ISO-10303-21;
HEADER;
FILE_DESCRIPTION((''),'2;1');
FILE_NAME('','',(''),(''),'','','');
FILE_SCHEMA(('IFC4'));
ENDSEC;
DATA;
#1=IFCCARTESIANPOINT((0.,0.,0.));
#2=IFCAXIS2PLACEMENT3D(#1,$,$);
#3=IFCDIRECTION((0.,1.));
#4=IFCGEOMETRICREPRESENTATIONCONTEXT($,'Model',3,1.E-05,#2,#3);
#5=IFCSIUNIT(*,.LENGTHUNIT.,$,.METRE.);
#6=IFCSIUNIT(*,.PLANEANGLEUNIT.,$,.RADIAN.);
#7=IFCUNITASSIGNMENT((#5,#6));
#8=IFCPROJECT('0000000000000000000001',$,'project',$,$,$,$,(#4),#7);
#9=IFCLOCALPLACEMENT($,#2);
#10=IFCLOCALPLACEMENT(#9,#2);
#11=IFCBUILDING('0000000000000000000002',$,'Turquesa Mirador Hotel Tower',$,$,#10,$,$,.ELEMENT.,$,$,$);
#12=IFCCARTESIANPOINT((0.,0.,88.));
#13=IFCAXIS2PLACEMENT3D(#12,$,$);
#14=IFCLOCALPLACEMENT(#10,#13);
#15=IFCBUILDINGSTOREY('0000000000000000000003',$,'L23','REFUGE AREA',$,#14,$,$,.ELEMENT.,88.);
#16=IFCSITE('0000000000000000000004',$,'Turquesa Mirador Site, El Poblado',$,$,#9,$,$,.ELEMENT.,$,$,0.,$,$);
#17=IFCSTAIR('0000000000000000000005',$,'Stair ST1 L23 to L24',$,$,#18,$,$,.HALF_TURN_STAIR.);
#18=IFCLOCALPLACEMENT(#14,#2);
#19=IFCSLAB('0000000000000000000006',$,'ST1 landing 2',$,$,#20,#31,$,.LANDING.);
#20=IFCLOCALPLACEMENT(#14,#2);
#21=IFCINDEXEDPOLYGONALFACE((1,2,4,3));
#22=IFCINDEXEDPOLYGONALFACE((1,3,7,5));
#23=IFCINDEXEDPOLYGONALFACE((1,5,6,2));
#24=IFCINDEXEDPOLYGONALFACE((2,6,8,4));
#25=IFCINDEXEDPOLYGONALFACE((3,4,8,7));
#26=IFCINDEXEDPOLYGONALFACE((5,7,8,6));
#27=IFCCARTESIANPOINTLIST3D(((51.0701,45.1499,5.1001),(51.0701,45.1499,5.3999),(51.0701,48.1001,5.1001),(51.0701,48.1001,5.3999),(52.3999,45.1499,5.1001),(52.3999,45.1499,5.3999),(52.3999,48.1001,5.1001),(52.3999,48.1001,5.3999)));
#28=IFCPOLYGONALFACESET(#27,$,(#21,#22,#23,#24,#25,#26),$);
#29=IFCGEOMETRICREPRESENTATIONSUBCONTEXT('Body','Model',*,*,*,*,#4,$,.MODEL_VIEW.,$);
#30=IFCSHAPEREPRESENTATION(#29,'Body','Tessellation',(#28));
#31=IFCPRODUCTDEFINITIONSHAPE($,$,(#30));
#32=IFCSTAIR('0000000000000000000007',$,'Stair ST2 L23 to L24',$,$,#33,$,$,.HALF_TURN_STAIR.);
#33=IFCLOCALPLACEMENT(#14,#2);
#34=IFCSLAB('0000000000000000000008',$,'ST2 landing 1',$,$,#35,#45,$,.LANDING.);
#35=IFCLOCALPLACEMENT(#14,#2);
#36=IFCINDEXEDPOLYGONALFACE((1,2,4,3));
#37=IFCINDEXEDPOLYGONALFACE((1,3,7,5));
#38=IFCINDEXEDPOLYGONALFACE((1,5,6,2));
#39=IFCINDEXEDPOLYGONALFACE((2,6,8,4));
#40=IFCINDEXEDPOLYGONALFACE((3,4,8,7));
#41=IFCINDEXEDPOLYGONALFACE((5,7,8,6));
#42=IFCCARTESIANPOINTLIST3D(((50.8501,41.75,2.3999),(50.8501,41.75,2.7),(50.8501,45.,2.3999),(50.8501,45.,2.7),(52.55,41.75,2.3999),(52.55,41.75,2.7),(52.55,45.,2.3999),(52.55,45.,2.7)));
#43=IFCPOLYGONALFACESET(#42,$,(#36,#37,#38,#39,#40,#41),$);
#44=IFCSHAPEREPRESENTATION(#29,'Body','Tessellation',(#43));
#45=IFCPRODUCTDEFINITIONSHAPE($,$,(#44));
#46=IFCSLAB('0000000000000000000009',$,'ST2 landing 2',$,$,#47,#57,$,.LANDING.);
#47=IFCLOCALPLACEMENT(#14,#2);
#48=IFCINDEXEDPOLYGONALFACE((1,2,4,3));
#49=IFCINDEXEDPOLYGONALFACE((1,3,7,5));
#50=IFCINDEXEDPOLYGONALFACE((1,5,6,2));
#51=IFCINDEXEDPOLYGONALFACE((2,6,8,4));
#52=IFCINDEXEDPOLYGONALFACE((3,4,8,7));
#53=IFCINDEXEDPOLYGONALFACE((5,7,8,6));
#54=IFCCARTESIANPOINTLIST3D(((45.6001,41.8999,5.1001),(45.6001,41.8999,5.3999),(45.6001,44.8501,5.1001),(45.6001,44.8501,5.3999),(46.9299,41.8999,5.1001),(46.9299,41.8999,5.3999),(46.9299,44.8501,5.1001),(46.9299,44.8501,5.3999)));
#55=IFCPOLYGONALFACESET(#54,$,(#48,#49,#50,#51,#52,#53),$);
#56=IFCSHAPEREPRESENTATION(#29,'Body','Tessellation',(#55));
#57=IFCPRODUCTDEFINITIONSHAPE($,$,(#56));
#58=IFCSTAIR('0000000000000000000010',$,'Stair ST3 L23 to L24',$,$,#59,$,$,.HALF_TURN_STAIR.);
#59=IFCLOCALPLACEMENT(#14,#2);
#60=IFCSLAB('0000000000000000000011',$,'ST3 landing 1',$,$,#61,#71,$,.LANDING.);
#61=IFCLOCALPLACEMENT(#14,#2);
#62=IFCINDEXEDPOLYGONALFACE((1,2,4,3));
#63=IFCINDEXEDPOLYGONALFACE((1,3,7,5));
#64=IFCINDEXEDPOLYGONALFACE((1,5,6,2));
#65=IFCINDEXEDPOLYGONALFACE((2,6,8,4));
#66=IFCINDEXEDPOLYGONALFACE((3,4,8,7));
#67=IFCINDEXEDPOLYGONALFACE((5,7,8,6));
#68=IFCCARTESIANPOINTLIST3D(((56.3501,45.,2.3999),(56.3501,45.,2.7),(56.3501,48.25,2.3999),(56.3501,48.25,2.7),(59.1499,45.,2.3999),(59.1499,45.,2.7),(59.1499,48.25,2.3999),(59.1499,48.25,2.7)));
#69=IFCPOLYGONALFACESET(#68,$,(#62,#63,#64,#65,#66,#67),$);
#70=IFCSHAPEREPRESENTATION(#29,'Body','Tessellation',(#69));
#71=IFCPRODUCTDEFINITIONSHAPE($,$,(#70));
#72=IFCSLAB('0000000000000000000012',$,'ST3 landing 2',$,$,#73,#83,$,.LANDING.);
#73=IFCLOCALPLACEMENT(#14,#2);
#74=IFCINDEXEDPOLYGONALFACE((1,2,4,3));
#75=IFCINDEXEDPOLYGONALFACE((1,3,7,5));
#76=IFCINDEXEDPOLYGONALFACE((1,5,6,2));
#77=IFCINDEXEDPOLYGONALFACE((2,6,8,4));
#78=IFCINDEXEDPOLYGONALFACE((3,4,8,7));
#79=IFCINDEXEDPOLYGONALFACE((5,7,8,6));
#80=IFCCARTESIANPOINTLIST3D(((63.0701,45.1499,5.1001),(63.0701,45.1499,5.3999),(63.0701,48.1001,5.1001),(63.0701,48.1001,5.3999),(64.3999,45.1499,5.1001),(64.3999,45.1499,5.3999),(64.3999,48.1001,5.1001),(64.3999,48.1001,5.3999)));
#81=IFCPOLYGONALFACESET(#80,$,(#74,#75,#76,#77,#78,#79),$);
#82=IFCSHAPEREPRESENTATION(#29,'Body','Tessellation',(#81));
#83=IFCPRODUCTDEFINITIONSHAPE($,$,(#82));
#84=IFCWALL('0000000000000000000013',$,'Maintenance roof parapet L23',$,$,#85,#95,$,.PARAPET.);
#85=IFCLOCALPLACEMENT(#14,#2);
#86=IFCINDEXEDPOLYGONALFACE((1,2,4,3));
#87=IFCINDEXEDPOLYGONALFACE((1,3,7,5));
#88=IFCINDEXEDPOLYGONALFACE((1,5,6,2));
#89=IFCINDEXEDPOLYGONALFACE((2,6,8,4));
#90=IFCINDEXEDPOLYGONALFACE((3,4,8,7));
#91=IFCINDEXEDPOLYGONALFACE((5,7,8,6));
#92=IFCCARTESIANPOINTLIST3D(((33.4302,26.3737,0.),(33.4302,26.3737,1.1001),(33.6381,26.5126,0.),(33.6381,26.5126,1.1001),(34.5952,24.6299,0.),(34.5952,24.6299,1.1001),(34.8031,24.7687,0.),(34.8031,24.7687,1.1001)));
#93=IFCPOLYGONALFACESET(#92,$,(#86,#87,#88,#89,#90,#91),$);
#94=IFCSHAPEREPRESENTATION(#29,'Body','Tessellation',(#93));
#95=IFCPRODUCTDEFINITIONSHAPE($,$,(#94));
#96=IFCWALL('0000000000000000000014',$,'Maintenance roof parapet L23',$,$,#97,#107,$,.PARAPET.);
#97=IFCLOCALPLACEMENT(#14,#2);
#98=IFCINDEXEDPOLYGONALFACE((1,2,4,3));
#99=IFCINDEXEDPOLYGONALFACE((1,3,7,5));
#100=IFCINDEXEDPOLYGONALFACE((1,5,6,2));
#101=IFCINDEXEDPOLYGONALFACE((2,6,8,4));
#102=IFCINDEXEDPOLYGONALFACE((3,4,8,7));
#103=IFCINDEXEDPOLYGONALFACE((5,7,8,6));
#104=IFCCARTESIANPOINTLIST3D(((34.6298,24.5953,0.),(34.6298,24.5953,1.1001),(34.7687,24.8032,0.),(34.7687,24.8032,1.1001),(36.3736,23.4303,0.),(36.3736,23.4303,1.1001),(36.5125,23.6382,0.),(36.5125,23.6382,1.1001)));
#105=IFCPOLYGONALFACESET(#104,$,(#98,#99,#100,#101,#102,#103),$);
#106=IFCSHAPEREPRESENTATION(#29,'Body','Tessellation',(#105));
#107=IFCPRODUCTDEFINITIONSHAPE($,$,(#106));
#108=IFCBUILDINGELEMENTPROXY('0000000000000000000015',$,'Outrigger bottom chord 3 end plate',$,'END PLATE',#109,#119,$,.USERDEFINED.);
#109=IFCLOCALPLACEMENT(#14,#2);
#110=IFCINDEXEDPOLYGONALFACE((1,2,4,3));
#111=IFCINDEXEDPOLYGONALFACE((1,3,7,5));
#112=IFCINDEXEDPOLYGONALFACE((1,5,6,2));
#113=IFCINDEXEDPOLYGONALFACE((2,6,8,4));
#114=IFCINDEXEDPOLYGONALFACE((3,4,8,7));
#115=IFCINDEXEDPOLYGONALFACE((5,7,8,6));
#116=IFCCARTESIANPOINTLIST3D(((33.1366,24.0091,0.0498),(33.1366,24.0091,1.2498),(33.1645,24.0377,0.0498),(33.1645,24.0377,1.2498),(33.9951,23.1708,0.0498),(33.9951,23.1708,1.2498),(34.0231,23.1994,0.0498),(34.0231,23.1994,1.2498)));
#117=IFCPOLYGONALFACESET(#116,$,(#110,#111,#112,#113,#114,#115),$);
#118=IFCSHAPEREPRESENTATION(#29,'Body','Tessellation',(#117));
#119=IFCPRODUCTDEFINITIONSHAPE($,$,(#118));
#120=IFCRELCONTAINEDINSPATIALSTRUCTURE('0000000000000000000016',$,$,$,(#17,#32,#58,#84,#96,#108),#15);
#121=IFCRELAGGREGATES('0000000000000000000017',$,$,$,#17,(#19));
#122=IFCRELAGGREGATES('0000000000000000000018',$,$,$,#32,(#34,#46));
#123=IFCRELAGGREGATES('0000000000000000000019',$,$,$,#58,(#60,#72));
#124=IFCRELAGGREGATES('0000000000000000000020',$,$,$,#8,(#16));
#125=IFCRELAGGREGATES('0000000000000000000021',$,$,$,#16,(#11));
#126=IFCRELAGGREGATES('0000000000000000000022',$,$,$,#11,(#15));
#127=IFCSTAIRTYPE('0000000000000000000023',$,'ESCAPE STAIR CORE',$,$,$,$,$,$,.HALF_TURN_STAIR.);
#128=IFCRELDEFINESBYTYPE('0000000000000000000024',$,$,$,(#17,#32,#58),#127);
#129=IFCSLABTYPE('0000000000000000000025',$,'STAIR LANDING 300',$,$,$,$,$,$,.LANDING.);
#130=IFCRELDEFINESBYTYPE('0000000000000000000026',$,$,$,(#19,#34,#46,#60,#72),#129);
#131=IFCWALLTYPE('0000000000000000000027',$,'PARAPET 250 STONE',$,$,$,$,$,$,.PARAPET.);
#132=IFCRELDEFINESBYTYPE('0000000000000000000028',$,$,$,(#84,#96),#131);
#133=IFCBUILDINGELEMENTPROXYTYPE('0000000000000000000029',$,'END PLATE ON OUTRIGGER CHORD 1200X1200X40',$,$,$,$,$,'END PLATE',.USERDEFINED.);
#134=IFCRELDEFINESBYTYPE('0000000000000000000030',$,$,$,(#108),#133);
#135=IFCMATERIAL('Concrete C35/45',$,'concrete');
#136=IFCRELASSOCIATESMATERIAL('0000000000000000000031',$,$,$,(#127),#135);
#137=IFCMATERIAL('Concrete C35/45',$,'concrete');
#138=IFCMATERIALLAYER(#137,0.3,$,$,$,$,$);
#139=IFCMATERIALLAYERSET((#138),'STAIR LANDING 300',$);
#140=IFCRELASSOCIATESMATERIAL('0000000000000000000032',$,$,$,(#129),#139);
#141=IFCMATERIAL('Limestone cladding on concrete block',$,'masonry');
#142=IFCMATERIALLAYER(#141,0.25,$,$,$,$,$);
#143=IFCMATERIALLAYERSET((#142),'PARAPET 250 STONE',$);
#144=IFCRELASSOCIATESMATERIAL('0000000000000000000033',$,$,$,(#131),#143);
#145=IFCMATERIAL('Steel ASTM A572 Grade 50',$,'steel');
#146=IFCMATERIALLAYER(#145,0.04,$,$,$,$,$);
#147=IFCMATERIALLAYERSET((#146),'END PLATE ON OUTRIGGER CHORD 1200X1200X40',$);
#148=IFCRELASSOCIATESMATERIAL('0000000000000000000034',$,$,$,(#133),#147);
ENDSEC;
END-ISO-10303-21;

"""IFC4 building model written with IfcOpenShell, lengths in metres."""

from ifc_helpers import new_model, si_unit, direction, frame, frame_2d, origin, origin_2d, place, context, subcontext, project, spatial, polyline, rectangle, outline, extrude, material, layer, layer_set, type_object, element, aggregate, save


model = new_model("IFC4")

# Units and contexts
model_context = context("Model", 3, precision=1e-05, world=origin(), true_north=direction((0.0, 1.0)))
body_context = subcontext(model_context, "Body", "Model", "MODEL_VIEW")
ifc_project = project(units=[si_unit("LENGTHUNIT", "METRE"), si_unit("PLANEANGLEUNIT", "RADIAN")], contexts=[model_context])

# Site, building, storey
site_placement = place(None, origin())
site = spatial("IfcSite", under=ifc_project, at=site_placement, Name="Turquesa Mirador Site, El Poblado", CompositionType="ELEMENT", RefElevation=0.0)
building_placement = place(site_placement, origin())
building = spatial("IfcBuilding", under=site, at=building_placement, Name="Turquesa Mirador Hotel Tower", CompositionType="ELEMENT")
storey_placement = place(building_placement, frame((0.0, 0.0, 88.0)))
storey = spatial("IfcBuildingStorey", under=building, at=storey_placement, Name="L23", Description="REFUGE AREA", CompositionType="ELEMENT", Elevation=88.0)

# Stairs, slabs
ifc_material_1 = material(Name="Concrete C35/45", Category="concrete")
stair_type = type_object("IfcStairType", Name="ESCAPE STAIR CORE", PredefinedType="HALF_TURN_STAIR", material=ifc_material_1)
stair_1_placement = place(storey_placement, origin())
stair_1 = element("IfcStair", 1, at=stair_1_placement, inside=storey, type_object=stair_type, Name="Stair ST1 L23 to L24", PredefinedType="HALF_TURN_STAIR")
ifc_material_2 = material(Name="Concrete C35/45", Category="concrete")
ifc_layer_1 = layer(ifc_material_2, 0.3)
ifc_layer_set_1 = layer_set([ifc_layer_1], Name="STAIR LANDING 300")
slab_type_1 = type_object("IfcSlabType", Name="STAIR LANDING 300", PredefinedType="LANDING", material=ifc_layer_set_1)
slab_1_placement = place(storey_placement, frame((0.0, 0.0, 5.1001)))
slab_1 = element("IfcSlab", 2, at=slab_1_placement, type_object=slab_type_1, Name="ST1 landing 2", PredefinedType="LANDING", context=body_context, shape_type="SweptSolid", body=[
    extrude(outline(polyline([(51.0701, 45.1499), (52.3999, 45.1499), (52.3999, 48.1001), (51.0701, 48.1001), (51.0701, 45.1499)])), origin(), (0.0, 0.0, 1.0), 0.2998),
])
aggregate(stair_1, [slab_1])
stair_2_placement = place(storey_placement, origin())
stair_2 = element("IfcStair", 3, at=stair_2_placement, inside=storey, type_object=stair_type, Name="Stair ST2 L23 to L24", PredefinedType="HALF_TURN_STAIR")
slab_2_placement = place(storey_placement, frame((0.0, 0.0, 2.3999)))
slab_2 = element("IfcSlab", 4, at=slab_2_placement, type_object=slab_type_1, Name="ST2 landing 1", PredefinedType="LANDING", context=body_context, shape_type="SweptSolid", body=[
    extrude(outline(polyline([(52.55, 45.0), (50.8501, 45.0), (50.8501, 41.75), (52.55, 41.75), (52.55, 45.0)])), origin(), (0.0, 0.0, 1.0), 0.3),
])
slab_3_placement = place(storey_placement, frame((0.0, 0.0, 5.1001)))
slab_3 = element("IfcSlab", 5, at=slab_3_placement, type_object=slab_type_1, Name="ST2 landing 2", PredefinedType="LANDING", context=body_context, shape_type="SweptSolid", body=[
    extrude(outline(polyline([(46.9299, 44.8501), (45.6001, 44.8501), (45.6001, 41.8999), (46.9299, 41.8999), (46.9299, 44.8501)])), origin(), (0.0, 0.0, 1.0), 0.2998),
])
aggregate(stair_2, [slab_2, slab_3])
stair_3_placement = place(storey_placement, origin())
stair_3 = element("IfcStair", 6, at=stair_3_placement, inside=storey, type_object=stair_type, Name="Stair ST3 L23 to L24", PredefinedType="HALF_TURN_STAIR")
slab_4_placement = place(storey_placement, frame((0.0, 0.0, 2.3999)))
slab_4 = element("IfcSlab", 7, at=slab_4_placement, type_object=slab_type_1, Name="ST3 landing 1", PredefinedType="LANDING", context=body_context, shape_type="SweptSolid", body=[
    extrude(outline(polyline([(56.3501, 45.0), (59.1499, 45.0), (59.1499, 48.25), (56.3501, 48.25), (56.3501, 45.0)])), origin(), (0.0, 0.0, 1.0), 0.3),
])
slab_5_placement = place(storey_placement, frame((0.0, 0.0, 5.1001)))
slab_5 = element("IfcSlab", 8, at=slab_5_placement, type_object=slab_type_1, Name="ST3 landing 2", PredefinedType="LANDING", context=body_context, shape_type="SweptSolid", body=[
    extrude(outline(polyline([(63.0701, 45.1499), (64.3999, 45.1499), (64.3999, 48.1001), (63.0701, 48.1001), (63.0701, 45.1499)])), origin(), (0.0, 0.0, 1.0), 0.2998),
])
aggregate(stair_3, [slab_4, slab_5])

# Walls
ifc_material_3 = material(Name="Limestone cladding on concrete block", Category="masonry")
ifc_layer_2 = layer(ifc_material_3, 0.25)
ifc_layer_set_2 = layer_set([ifc_layer_2], Name="PARAPET 250 STONE")
wall_type = type_object("IfcWallType", Name="PARAPET 250 STONE", PredefinedType="PARAPET", material=ifc_layer_set_2)
for number, where, z_axis, x_axis, name in (
    (9, (33.5342, 26.4431, 0.0), (0.0, 0.0, 1.0), (0.555506, -0.831513, 0.0), "Maintenance roof parapet L23"),
    (10, (34.6992, 24.6992, 0.0), (0.0, 0.0, 1.0), (0.831513, -0.555506, 0.0), "Maintenance roof parapet L23"),
):
    element("IfcWall", number, at=place(storey_placement, frame(where, z_axis=z_axis, x_axis=x_axis)), inside=storey, type_object=wall_type, Name=name, PredefinedType="PARAPET", context=body_context, shape_type="SweptSolid", body=[
        extrude(rectangle(XDim=2.0972, YDim=0.25, at=frame_2d((1.0486, 0.0))), origin(), (0.0, 0.0, 1.0), 1.1001),
    ])

# Building element proxy
ifc_material_4 = material(Name="Steel ASTM A572 Grade 50", Category="steel")
ifc_layer_3 = layer(ifc_material_4, 0.04)
ifc_layer_set_3 = layer_set([ifc_layer_3], Name="END PLATE ON OUTRIGGER CHORD 1200X1200X40")
building_element_proxy_type = type_object("IfcBuildingElementProxyType", Name="END PLATE ON OUTRIGGER CHORD 1200X1200X40", ElementType="END PLATE", PredefinedType="USERDEFINED", material=ifc_layer_set_3)
proxy_placement = place(storey_placement, frame((33.5798, 23.6042, 0.0498), z_axis=(0.0, 0.0, 1.0), x_axis=(-0.698627, -0.715486, 0.0)))
element("IfcBuildingElementProxy", 11, at=proxy_placement, inside=storey, type_object=building_element_proxy_type, Name="Outrigger bottom chord 3 end plate", ObjectType="END PLATE", PredefinedType="USERDEFINED", context=body_context, shape_type="SweptSolid", body=[
    extrude(rectangle(XDim=0.04, YDim=1.2, at=origin_2d()), origin(), (0.0, 0.0, 1.0), 1.2),
])

save(model, "model.ifc")
